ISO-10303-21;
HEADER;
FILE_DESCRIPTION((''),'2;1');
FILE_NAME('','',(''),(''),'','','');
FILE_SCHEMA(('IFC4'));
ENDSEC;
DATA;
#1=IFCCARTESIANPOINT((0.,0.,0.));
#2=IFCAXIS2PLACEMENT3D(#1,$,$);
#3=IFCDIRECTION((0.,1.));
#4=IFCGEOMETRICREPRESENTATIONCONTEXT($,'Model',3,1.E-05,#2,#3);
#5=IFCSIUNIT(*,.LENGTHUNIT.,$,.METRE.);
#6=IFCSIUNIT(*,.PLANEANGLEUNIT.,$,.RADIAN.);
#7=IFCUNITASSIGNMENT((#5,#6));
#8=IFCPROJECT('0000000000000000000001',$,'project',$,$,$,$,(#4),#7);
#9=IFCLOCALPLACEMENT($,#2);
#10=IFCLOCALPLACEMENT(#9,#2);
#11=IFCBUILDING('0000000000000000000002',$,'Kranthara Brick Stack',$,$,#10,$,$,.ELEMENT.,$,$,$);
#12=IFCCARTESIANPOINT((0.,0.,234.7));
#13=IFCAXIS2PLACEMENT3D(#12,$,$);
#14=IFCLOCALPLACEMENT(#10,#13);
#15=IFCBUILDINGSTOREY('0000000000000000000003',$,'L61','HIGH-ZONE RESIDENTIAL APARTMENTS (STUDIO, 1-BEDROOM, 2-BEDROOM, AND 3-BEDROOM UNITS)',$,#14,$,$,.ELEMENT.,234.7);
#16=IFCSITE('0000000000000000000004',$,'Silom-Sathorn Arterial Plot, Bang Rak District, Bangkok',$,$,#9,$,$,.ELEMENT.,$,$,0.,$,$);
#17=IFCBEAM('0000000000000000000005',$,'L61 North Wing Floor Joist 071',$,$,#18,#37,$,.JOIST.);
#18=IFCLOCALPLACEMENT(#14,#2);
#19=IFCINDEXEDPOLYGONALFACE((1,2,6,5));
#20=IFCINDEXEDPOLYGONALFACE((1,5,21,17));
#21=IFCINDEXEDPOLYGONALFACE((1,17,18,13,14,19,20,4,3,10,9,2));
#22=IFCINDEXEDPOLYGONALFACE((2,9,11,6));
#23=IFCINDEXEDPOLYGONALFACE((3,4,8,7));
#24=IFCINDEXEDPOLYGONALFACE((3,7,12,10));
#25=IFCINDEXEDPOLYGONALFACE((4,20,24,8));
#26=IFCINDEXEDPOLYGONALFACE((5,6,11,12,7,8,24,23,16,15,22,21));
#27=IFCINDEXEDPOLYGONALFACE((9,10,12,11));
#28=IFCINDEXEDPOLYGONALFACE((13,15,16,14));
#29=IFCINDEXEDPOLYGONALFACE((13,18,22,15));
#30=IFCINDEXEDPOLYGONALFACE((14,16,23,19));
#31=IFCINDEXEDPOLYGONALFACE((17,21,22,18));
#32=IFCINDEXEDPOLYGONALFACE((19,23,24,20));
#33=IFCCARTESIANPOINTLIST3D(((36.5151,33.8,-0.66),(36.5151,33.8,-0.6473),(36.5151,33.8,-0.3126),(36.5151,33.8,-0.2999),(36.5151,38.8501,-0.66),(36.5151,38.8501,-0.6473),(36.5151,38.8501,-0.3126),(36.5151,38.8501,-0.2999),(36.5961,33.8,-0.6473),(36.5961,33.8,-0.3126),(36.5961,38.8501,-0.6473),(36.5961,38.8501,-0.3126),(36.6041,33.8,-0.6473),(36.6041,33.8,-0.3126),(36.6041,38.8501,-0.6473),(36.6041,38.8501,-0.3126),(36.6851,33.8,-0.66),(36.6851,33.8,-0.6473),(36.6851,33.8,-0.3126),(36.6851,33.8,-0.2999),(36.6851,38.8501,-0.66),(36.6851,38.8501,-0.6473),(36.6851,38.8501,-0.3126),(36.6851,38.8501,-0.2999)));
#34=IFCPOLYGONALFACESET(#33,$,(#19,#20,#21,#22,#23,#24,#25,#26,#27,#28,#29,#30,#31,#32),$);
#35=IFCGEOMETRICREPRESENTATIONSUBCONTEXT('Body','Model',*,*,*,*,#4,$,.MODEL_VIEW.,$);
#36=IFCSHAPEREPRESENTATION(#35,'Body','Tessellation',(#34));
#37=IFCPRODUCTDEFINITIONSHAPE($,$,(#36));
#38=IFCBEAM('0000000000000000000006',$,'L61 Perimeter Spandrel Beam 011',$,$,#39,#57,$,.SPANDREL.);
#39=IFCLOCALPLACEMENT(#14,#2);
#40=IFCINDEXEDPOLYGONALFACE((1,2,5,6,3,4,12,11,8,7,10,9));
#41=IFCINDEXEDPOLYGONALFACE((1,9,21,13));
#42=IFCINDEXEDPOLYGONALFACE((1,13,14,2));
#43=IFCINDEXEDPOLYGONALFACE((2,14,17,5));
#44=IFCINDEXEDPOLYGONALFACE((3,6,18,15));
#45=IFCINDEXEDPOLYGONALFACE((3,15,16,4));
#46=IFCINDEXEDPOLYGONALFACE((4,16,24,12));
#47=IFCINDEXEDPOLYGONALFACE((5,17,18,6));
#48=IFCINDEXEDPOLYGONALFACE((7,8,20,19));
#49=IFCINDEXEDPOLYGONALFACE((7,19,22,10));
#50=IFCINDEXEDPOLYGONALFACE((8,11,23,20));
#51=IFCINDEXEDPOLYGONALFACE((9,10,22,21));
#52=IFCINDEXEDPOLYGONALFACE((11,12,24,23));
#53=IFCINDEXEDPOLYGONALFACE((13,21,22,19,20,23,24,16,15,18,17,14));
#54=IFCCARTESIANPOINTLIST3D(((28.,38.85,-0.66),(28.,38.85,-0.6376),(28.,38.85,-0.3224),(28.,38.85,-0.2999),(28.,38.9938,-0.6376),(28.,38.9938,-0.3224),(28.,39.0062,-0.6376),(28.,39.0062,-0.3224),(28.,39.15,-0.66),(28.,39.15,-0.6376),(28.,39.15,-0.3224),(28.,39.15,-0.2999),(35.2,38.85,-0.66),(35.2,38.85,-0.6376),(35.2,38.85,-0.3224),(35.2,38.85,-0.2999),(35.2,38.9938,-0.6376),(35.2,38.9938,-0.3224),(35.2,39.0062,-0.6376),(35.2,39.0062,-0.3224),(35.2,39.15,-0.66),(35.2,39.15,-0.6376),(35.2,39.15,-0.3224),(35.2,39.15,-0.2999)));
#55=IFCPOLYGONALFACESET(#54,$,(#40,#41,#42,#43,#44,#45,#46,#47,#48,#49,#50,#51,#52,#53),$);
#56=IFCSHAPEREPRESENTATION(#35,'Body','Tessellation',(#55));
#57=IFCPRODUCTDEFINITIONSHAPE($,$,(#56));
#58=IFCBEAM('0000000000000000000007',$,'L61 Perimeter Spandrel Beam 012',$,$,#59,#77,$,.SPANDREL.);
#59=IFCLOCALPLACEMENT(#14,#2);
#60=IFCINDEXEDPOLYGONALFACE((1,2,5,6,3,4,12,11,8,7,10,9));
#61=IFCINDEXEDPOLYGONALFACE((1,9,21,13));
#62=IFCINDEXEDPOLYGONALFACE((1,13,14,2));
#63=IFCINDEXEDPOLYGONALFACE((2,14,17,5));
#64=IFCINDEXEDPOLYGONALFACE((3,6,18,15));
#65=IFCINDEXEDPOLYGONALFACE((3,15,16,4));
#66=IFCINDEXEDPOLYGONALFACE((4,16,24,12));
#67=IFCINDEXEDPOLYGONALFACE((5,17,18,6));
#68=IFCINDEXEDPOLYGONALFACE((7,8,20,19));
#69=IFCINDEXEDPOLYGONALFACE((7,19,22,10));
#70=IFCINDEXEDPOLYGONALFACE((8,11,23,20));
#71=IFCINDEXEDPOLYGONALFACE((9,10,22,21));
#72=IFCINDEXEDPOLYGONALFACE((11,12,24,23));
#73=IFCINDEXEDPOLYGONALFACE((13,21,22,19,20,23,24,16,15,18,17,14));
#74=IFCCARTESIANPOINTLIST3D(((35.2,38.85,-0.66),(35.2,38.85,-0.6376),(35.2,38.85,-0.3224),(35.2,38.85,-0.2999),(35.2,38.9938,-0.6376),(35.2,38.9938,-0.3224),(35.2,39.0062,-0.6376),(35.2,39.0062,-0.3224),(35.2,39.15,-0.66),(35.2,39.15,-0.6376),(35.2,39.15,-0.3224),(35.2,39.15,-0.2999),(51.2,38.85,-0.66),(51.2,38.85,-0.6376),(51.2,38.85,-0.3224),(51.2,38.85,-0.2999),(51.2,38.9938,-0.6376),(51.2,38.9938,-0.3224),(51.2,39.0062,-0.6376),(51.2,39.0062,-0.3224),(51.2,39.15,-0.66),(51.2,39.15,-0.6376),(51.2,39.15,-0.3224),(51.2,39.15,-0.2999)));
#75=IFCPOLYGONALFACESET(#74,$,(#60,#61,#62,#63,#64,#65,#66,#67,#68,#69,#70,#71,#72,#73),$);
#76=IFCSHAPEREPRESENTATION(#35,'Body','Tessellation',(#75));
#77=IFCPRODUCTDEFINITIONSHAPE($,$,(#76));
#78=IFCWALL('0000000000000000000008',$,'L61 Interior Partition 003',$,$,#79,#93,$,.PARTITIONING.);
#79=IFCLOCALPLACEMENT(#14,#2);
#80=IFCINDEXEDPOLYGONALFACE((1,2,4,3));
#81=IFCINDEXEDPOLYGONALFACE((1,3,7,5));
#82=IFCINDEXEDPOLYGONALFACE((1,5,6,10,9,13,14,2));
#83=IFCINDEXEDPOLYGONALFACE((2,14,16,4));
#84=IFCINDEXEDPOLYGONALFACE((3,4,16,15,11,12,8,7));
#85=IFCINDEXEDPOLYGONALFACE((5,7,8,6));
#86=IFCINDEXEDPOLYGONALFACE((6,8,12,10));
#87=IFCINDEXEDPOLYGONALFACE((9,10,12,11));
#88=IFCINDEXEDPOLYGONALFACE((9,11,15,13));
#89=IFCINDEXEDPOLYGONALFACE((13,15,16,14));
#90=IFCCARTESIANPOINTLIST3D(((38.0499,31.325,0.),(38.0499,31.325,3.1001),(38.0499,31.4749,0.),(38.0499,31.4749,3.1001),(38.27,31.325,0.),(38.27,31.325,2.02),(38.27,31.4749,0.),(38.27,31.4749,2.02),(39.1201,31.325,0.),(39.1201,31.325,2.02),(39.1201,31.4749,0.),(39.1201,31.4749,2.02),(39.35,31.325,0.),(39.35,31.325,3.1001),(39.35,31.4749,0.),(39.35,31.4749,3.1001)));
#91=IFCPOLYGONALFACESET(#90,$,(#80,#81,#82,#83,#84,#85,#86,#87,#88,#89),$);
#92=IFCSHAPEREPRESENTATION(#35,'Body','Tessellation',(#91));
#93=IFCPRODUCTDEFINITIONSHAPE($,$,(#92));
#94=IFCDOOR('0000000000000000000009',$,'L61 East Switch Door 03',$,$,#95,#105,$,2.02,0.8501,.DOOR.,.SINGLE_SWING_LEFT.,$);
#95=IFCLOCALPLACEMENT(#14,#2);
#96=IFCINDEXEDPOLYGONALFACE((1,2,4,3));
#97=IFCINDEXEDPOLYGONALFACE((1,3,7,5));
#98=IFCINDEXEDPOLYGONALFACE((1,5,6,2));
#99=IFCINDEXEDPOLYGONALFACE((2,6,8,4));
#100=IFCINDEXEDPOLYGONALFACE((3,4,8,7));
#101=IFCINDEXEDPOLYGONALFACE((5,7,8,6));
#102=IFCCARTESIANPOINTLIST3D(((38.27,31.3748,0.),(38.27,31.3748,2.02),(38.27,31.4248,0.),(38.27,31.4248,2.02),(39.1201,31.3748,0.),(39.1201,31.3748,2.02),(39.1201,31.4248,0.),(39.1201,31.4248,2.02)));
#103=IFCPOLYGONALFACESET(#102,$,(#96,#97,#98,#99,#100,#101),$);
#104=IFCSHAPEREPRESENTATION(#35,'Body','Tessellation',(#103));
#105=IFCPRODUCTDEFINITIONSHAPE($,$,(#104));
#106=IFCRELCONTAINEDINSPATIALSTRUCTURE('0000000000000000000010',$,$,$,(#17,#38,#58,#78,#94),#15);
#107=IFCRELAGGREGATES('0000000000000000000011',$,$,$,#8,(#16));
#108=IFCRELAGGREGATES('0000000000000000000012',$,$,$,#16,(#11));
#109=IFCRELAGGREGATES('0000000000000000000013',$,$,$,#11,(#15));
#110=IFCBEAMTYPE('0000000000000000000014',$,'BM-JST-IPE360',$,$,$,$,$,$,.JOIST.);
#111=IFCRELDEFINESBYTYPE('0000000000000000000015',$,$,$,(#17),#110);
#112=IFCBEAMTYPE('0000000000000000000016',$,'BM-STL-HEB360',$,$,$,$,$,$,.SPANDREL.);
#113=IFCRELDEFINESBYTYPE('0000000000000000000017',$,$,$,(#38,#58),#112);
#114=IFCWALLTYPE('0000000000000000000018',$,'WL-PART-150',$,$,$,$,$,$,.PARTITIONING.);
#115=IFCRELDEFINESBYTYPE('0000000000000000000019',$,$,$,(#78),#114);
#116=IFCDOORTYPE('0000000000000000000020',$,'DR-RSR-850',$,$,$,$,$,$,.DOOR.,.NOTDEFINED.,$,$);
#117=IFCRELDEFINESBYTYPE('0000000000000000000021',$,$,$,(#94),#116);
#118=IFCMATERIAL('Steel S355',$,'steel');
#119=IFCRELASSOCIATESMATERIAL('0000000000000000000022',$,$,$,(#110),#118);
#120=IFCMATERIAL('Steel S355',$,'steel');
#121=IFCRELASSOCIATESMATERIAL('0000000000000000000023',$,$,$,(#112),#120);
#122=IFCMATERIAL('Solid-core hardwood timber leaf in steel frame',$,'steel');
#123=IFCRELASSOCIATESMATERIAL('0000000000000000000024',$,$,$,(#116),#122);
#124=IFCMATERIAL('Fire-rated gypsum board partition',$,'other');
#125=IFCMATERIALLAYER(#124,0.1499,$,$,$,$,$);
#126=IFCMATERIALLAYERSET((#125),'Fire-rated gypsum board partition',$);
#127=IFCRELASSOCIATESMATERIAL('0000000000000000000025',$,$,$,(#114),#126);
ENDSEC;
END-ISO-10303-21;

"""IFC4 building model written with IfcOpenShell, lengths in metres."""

from ifc_helpers import new_model, si_unit, direction, frame, frame_2d, origin, origin_2d, place, context, subcontext, project, spatial, rectangle, i_section, extrude, material, layer, layer_set, material_profile, profile_set, type_object, element, fill, save


model = new_model("IFC4")

# Units and contexts
model_context = context("Model", 3, precision=1e-05, world=origin(), true_north=direction((0.0, 1.0)))
body_context = subcontext(model_context, "Body", "Model", "MODEL_VIEW")
ifc_project = project(units=[si_unit("LENGTHUNIT", "METRE"), si_unit("PLANEANGLEUNIT", "RADIAN")], contexts=[model_context])

# Site, building, storey
site_placement = place(None, origin())
site = spatial("IfcSite", under=ifc_project, at=site_placement, Name="Silom-Sathorn Arterial Plot, Bang Rak District, Bangkok", CompositionType="ELEMENT", RefElevation=0.0)
building_placement = place(site_placement, origin())
building = spatial("IfcBuilding", under=site, at=building_placement, Name="Kranthara Brick Stack", CompositionType="ELEMENT")
storey_placement = place(building_placement, frame((0.0, 0.0, 234.7)))
storey = spatial("IfcBuildingStorey", under=building, at=storey_placement, Name="L61", Description="HIGH-ZONE RESIDENTIAL APARTMENTS (STUDIO, 1-BEDROOM, 2-BEDROOM, AND 3-BEDROOM UNITS)", CompositionType="ELEMENT", Elevation=234.7)

# Beams
ifc_material_1 = material(Name="Steel S355", Category="steel")
ifc_material_profile_1 = material_profile(ifc_material_1, i_section(OverallWidth=0.1699, OverallDepth=0.3601, WebThickness=0.0081, FlangeThickness=0.0127, at=origin_2d()), Name="IPE 360")
ifc_profile_set_1 = profile_set([ifc_material_profile_1], Name="Steel S355")
beam_type_1 = type_object("IfcBeamType", Name="BM-JST-IPE360", PredefinedType="JOIST", material=ifc_profile_set_1)
beam_1_placement = place(storey_placement, frame((36.6001, 33.8, -0.48), z_axis=(0.0, 1.0, 0.0), x_axis=(-1.0, 0.0, 0.0)))
element("IfcBeam", 1, at=beam_1_placement, inside=storey, type_object=beam_type_1, Name="L61 North Wing Floor Joist 071", PredefinedType="JOIST", context=body_context, shape_type="SweptSolid", body=[
    extrude(i_section(OverallWidth=0.1699, OverallDepth=0.3601, WebThickness=0.0081, FlangeThickness=0.0127, at=origin_2d()), origin(), (0.0, 0.0, 1.0), 5.05),
])
ifc_material_2 = material(Name="Steel S355", Category="steel")
ifc_material_profile_2 = material_profile(ifc_material_2, i_section(OverallWidth=0.3, OverallDepth=0.3601, WebThickness=0.0125, FlangeThickness=0.0225, at=origin_2d()), Name="HEB 360")
ifc_profile_set_2 = profile_set([ifc_material_profile_2], Name="Steel S355")
beam_type_2 = type_object("IfcBeamType", Name="BM-STL-HEB360", PredefinedType="SPANDREL", material=ifc_profile_set_2)
beam_2_placement = place(storey_placement, frame((28.0, 39.0, -0.48), z_axis=(1.0, 0.0, 0.0), x_axis=(0.0, 1.0, 0.0)))
element("IfcBeam", 2, at=beam_2_placement, inside=storey, type_object=beam_type_2, Name="L61 Perimeter Spandrel Beam 011", PredefinedType="SPANDREL", context=body_context, shape_type="SweptSolid", body=[
    extrude(i_section(OverallWidth=0.3, OverallDepth=0.3601, WebThickness=0.0125, FlangeThickness=0.0225, at=origin_2d()), origin(), (0.0, 0.0, 1.0), 7.2),
])
beam_3_placement = place(storey_placement, frame((35.2, 39.0, -0.48), z_axis=(1.0, 0.0, 0.0), x_axis=(0.0, 1.0, 0.0)))
element("IfcBeam", 3, at=beam_3_placement, inside=storey, type_object=beam_type_2, Name="L61 Perimeter Spandrel Beam 012", PredefinedType="SPANDREL", context=body_context, shape_type="SweptSolid", body=[
    extrude(i_section(OverallWidth=0.3, OverallDepth=0.3601, WebThickness=0.0125, FlangeThickness=0.0225, at=origin_2d()), origin(), (0.0, 0.0, 1.0), 16.0),
])

# Shared definitions
ifc_material_3 = material(Name="Solid-core hardwood timber leaf in steel frame", Category="steel")
door_type_1 = type_object("IfcDoorType", Name="DR-RSR-850", OperationType="NOTDEFINED", PredefinedType="DOOR", material=ifc_material_3)

# Wall, opening, door
ifc_material_4 = material(Name="Fire-rated gypsum board partition", Category="other")
ifc_layer_1 = layer(ifc_material_4, 0.1499)
ifc_layer_set_1 = layer_set([ifc_layer_1], Name="Fire-rated gypsum board partition")
wall_type_1 = type_object("IfcWallType", Name="WL-PART-150", PredefinedType="PARTITIONING", material=ifc_layer_set_1)
wall_1_placement = place(storey_placement, frame((38.05, 31.3999, 0.0), z_axis=(0.0, 0.0, 1.0), x_axis=(1.0, 0.0, 0.0)))
wall_1 = element("IfcWall", 4, at=wall_1_placement, inside=storey, type_object=wall_type_1, Name="L61 Interior Partition 003", PredefinedType="PARTITIONING", context=body_context, shape_type="SweptSolid", body=[
    extrude(rectangle(XDim=1.3, YDim=0.1499, at=frame_2d((0.6499, 0.0))), origin(), (0.0, 0.0, 1.0), 3.1001),
])
opening_1_placement = place(wall_1_placement, frame((0.22, 0.0, 0.0)))
opening_1 = element("IfcOpeningElement", 5, at=opening_1_placement, cuts=wall_1, PredefinedType="OPENING", context=body_context, shape_type="SweptSolid", body=[
    extrude(rectangle(XDim=0.8501, YDim=2.02, at=frame_2d((0.425, 1.01))), frame((0.0, 0.085, 0.0), z_axis=(0.0, -1.0, 0.0), x_axis=(1.0, 0.0, 0.0)), (0.0, 0.0, 1.0), 0.1699),
])
door_1_placement = place(opening_1_placement, origin())
door_1 = element("IfcDoor", 6, at=door_1_placement, inside=storey, type_object=door_type_1, Name="L61 East Switch Door 03", OperationType="SINGLE_SWING_LEFT", OverallHeight=2.02, OverallWidth=0.8501, PredefinedType="DOOR", context=body_context, shape_type="SweptSolid", body=[
    extrude(rectangle(XDim=0.8501, YDim=2.02, at=frame_2d((0.425, 1.01))), frame((0.0, 0.0249, 0.0), z_axis=(0.0, -1.0, 0.0), x_axis=(1.0, 0.0, 0.0)), (0.0, 0.0, 1.0), 0.05),
])
fill(opening_1, door_1)

save(model, "model.ifc")
